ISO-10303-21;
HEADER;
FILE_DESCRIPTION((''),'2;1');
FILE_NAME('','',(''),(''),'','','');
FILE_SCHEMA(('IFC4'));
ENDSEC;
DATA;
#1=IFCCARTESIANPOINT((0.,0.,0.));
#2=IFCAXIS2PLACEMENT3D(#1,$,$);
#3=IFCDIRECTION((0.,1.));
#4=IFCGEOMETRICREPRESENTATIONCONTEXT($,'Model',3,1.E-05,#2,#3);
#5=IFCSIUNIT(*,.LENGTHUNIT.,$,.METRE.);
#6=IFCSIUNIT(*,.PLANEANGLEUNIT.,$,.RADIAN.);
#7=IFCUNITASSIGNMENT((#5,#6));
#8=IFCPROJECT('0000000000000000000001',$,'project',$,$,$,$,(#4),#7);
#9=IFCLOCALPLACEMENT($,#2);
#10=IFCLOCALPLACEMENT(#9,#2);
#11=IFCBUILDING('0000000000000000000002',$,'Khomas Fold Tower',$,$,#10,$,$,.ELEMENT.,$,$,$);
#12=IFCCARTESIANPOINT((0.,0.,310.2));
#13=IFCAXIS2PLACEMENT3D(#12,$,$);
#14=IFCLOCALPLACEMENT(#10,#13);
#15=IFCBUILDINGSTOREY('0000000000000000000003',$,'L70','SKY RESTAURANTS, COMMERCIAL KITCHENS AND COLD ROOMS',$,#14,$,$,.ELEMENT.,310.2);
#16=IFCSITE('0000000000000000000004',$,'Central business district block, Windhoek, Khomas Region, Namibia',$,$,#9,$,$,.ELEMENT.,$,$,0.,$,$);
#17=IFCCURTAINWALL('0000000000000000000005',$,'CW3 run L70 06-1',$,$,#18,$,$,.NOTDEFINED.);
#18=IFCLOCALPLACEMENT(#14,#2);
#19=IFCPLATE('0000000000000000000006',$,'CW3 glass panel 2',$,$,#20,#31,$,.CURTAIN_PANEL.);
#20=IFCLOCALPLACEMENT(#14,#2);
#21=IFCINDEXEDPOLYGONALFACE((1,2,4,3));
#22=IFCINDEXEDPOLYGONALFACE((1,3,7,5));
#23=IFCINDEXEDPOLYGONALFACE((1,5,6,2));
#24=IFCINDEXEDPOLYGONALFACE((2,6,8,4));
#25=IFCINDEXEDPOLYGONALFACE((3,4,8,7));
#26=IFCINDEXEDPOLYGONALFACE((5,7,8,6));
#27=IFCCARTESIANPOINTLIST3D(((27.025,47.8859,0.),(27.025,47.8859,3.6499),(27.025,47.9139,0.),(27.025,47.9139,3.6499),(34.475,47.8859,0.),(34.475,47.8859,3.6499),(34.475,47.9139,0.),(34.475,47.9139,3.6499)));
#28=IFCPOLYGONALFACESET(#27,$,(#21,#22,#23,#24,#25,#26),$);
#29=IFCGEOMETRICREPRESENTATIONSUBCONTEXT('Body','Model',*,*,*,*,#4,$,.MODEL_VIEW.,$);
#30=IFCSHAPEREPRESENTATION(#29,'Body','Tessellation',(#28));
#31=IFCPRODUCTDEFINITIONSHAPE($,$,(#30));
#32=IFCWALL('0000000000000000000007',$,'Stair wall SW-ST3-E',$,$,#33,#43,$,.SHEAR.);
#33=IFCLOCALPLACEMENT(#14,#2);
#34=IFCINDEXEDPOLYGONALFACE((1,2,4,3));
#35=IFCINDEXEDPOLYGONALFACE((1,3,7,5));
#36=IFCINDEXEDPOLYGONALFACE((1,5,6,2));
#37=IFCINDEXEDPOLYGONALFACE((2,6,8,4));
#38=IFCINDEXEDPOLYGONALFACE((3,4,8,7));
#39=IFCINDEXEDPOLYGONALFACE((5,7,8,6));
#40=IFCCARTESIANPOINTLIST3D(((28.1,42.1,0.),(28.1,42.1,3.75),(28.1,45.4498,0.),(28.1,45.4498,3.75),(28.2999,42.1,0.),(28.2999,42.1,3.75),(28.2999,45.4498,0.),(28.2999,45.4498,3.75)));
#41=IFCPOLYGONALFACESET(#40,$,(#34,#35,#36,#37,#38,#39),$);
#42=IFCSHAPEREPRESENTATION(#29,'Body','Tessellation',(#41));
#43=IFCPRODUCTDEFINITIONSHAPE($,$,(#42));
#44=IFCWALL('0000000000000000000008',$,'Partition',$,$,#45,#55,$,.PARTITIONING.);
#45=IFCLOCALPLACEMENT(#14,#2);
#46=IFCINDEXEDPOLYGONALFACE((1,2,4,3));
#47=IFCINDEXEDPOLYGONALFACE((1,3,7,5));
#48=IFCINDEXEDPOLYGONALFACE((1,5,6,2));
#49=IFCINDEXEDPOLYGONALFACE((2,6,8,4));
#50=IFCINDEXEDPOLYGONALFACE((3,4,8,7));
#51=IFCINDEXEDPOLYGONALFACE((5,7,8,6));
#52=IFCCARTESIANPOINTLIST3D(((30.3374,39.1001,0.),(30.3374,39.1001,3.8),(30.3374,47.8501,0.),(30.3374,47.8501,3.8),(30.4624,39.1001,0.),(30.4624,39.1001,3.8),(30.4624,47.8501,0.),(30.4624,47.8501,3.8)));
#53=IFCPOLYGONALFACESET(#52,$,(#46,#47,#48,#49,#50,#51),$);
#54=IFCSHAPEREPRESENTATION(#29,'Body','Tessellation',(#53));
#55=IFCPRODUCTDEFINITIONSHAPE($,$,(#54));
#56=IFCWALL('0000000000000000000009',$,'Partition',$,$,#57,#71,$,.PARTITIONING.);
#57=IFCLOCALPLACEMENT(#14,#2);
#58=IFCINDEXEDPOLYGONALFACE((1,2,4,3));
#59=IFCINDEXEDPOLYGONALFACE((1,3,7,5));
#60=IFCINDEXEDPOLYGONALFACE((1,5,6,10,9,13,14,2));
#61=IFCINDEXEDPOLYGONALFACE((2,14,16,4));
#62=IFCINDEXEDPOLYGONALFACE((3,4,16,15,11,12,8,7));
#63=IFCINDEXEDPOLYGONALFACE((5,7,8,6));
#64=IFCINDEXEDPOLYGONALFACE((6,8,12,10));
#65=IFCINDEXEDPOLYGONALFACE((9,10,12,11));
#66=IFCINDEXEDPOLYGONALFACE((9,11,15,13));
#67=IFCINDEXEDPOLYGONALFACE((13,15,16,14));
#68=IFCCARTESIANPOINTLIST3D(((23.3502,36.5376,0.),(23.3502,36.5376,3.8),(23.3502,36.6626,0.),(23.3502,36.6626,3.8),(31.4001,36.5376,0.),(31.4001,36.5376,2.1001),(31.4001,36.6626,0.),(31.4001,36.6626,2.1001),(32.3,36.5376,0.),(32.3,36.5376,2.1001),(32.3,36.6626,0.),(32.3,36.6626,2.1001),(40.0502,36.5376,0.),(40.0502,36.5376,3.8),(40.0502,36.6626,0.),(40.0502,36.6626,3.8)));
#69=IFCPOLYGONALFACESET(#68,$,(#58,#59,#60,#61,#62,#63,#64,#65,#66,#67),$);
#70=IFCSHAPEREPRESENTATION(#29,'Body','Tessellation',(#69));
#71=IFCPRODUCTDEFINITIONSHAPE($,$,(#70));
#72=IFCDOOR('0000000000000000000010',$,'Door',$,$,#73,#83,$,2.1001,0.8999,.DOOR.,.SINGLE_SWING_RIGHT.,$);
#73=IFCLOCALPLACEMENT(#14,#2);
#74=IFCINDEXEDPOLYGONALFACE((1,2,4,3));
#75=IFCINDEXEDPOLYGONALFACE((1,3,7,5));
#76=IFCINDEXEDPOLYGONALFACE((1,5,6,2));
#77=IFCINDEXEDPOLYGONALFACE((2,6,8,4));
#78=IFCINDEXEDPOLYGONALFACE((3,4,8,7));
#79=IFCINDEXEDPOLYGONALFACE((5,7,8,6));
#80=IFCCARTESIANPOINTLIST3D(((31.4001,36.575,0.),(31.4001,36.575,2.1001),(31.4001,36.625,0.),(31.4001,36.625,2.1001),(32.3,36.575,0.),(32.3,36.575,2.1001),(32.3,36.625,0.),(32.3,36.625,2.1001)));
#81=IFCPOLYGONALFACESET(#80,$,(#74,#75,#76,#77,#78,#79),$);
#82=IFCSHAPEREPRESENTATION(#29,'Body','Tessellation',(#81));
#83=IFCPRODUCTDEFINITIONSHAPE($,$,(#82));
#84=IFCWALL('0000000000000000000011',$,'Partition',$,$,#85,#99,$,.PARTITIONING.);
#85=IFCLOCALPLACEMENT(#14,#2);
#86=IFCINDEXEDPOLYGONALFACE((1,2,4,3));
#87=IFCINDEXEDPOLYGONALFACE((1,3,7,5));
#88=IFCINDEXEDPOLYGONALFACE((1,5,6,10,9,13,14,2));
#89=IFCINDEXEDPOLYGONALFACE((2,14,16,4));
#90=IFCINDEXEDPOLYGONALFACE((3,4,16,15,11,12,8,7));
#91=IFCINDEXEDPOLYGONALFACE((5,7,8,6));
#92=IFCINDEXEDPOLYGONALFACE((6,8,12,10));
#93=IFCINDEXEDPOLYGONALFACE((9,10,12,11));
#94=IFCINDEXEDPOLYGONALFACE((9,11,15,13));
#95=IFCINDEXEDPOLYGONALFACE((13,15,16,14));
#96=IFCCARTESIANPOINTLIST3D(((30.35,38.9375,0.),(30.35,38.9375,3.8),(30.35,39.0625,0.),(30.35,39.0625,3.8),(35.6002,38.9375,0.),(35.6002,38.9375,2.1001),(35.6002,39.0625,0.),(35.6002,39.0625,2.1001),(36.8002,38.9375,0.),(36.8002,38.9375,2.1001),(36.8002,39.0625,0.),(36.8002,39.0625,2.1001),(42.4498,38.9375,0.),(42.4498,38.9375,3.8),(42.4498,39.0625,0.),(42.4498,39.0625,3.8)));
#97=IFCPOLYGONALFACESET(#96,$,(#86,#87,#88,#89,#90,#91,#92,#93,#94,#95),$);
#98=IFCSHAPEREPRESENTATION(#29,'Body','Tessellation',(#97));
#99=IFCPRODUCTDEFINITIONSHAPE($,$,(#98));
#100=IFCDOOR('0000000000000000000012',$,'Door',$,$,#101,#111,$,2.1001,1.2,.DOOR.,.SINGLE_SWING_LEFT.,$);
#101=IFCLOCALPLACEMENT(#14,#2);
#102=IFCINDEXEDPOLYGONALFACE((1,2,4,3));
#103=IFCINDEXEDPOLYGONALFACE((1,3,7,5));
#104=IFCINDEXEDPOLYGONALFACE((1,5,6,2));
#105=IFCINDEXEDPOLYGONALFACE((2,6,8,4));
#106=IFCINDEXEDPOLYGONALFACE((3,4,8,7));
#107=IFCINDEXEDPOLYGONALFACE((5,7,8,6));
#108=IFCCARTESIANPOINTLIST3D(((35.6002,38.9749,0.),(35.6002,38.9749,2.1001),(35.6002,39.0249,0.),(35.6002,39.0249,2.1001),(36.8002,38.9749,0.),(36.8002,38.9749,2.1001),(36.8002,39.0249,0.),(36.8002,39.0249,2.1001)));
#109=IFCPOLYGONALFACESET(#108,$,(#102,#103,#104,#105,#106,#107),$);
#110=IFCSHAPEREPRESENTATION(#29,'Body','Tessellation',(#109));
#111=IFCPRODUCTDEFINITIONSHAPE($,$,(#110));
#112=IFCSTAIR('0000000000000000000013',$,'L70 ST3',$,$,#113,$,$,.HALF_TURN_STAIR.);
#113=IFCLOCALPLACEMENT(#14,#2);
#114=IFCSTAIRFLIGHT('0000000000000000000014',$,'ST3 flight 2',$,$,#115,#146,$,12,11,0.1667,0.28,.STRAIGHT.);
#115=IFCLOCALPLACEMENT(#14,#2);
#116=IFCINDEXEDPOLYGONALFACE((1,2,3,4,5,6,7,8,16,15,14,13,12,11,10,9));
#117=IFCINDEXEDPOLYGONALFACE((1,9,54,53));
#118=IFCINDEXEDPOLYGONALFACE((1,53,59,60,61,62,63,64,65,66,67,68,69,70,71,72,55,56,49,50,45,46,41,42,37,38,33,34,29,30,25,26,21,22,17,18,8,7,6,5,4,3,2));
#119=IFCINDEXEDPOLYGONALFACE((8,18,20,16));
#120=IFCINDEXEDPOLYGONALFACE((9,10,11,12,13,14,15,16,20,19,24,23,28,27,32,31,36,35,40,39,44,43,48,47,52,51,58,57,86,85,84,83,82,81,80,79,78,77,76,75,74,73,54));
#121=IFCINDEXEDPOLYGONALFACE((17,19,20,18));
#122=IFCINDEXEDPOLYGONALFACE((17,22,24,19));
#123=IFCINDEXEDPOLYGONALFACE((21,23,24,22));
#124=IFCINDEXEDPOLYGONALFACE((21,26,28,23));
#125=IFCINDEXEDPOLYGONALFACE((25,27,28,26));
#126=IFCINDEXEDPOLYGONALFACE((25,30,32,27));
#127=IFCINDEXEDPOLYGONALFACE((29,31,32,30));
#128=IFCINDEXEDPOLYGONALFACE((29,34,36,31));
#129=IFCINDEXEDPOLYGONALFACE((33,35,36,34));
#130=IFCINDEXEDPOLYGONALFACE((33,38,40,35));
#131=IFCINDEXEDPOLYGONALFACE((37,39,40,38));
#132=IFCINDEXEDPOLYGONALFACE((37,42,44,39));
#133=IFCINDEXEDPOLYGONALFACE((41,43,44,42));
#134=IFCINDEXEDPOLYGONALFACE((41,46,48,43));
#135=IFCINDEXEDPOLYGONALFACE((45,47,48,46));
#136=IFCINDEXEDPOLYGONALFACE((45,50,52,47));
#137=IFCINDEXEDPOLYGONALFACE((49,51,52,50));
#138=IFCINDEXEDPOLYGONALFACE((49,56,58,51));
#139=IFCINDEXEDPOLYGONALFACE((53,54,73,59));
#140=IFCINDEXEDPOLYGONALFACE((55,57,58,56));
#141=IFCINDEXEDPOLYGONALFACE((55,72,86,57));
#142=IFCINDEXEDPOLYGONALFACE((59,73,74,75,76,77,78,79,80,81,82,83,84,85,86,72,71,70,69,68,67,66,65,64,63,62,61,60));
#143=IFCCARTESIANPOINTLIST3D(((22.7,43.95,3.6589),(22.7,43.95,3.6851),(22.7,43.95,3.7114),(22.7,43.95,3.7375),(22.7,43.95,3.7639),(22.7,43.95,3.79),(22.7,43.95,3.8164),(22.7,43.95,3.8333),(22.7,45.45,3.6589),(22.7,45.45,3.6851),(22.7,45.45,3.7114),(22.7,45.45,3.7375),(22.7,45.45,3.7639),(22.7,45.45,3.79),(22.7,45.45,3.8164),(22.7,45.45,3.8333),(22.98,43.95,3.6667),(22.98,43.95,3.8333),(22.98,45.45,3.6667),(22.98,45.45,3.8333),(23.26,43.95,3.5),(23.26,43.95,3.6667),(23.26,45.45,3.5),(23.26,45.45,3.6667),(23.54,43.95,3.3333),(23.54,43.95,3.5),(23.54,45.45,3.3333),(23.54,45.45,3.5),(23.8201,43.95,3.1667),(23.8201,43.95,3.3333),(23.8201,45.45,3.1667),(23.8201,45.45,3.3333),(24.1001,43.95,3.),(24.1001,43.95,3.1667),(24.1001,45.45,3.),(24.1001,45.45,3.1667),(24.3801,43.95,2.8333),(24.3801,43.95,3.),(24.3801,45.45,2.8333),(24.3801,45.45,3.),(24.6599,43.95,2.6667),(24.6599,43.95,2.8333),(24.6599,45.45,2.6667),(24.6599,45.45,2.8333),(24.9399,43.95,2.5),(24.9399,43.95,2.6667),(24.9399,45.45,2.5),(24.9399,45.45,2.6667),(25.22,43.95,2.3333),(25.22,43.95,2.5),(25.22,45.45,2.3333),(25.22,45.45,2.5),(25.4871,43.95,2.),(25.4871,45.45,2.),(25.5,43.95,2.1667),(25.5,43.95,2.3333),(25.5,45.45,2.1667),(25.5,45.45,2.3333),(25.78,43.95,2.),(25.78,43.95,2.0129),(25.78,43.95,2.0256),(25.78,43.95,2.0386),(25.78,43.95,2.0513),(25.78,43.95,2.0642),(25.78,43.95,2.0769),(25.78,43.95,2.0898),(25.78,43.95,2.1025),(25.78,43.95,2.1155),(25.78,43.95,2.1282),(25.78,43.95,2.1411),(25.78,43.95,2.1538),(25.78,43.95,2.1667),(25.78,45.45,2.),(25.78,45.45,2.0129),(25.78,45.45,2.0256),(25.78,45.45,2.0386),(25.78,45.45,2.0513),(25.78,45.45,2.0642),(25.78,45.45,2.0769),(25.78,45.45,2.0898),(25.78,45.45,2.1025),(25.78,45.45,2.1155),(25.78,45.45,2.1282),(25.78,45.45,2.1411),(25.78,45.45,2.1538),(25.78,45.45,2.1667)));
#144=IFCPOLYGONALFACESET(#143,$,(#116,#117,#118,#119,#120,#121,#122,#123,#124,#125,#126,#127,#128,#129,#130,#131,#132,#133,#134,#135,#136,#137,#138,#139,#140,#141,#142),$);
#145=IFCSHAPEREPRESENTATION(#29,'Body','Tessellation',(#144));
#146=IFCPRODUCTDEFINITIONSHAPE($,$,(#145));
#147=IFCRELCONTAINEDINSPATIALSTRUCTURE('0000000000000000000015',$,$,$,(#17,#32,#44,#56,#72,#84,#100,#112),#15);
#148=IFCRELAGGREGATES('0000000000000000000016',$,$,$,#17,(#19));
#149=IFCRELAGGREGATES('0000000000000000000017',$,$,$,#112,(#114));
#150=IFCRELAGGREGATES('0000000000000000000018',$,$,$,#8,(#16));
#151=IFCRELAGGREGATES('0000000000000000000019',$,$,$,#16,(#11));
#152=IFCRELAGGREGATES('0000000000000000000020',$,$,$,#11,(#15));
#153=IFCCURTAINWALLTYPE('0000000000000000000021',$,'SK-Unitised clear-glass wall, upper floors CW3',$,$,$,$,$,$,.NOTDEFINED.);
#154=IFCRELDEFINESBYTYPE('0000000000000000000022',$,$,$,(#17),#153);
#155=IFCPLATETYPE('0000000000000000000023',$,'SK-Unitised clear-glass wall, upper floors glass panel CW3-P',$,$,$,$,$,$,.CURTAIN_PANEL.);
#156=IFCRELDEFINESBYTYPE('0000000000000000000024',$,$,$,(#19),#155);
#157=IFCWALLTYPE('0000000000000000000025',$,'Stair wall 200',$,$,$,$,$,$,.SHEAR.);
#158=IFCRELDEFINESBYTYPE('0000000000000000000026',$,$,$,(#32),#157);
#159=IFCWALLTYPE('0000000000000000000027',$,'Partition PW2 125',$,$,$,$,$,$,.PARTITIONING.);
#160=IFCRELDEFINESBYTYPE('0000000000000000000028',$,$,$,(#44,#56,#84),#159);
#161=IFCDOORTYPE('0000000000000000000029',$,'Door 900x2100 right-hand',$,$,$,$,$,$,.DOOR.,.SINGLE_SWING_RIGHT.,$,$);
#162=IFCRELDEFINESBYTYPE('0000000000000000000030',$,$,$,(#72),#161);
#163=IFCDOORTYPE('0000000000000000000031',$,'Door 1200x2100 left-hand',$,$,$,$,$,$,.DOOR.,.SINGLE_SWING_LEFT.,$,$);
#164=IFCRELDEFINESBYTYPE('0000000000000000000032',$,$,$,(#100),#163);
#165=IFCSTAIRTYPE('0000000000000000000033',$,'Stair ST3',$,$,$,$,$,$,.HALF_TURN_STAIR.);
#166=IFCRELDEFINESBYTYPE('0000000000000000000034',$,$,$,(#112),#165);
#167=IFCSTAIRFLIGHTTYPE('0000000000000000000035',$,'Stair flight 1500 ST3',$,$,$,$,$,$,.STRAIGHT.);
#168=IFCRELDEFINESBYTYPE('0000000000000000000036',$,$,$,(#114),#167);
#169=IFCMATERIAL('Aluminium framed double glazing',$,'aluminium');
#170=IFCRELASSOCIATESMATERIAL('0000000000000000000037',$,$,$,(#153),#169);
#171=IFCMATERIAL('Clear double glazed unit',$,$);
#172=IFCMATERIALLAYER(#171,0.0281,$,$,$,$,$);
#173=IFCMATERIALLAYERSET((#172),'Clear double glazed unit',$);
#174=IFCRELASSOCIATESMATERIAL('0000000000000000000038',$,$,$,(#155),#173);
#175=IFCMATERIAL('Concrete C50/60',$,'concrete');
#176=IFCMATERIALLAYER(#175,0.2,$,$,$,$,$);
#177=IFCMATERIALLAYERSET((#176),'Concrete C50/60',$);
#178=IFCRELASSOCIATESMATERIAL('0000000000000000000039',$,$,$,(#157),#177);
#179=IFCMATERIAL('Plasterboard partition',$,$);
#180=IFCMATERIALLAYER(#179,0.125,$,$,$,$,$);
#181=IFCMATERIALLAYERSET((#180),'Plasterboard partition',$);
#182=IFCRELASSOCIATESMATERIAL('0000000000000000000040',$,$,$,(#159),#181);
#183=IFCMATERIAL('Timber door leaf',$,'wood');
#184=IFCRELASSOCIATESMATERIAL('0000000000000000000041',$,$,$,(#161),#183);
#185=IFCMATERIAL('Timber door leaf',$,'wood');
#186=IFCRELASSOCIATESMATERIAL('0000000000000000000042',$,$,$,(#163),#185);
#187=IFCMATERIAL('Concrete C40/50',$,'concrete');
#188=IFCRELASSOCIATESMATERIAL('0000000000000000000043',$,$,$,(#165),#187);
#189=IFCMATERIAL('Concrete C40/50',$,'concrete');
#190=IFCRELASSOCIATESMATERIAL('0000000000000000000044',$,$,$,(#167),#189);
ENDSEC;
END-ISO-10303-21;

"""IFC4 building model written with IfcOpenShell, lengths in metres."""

from ifc_helpers import new_model, si_unit, direction, frame, frame_2d, origin, origin_2d, place, context, subcontext, project, spatial, polyline, rectangle, outline, extrude, source, transform, mapped, material, layer, layer_set, type_object, element, fill, aggregate, save


model = new_model("IFC4")

# Units and contexts
model_context = context("Model", 3, precision=1e-05, world=origin(), true_north=direction((0.0, 1.0)))
body_context = subcontext(model_context, "Body", "Model", "MODEL_VIEW")
ifc_project = project(units=[si_unit("LENGTHUNIT", "METRE"), si_unit("PLANEANGLEUNIT", "RADIAN")], contexts=[model_context])

# Site, building, storey
site_placement = place(None, origin())
site = spatial("IfcSite", under=ifc_project, at=site_placement, Name="Central business district block, Windhoek, Khomas Region, Namibia", CompositionType="ELEMENT", RefElevation=0.0)
building_placement = place(site_placement, origin())
building = spatial("IfcBuilding", under=site, at=building_placement, Name="Khomas Fold Tower", CompositionType="ELEMENT")
storey_placement = place(building_placement, frame((0.0, 0.0, 310.2)))
storey = spatial("IfcBuildingStorey", under=building, at=storey_placement, Name="L70", Description="SKY RESTAURANTS, COMMERCIAL KITCHENS AND COLD ROOMS", CompositionType="ELEMENT", Elevation=310.2)

# Curtain wall, plate
ifc_material_1 = material(Name="Aluminium framed double glazing", Category="aluminium")
curtain_wall_type = type_object("IfcCurtainWallType", Name="SK-Unitised clear-glass wall, upper floors CW3", PredefinedType="NOTDEFINED", material=ifc_material_1)
curtain_wall_placement = place(storey_placement, origin())
curtain_wall = element("IfcCurtainWall", 1, at=curtain_wall_placement, inside=storey, type_object=curtain_wall_type, Name="CW3 run L70 06-1", PredefinedType="NOTDEFINED")
ifc_material_2 = material(Name="Clear double glazed unit")
ifc_layer_1 = layer(ifc_material_2, 0.0281)
ifc_layer_set_1 = layer_set([ifc_layer_1], Name="Clear double glazed unit")
plate_type = type_object("IfcPlateType", Name="SK-Unitised clear-glass wall, upper floors glass panel CW3-P", PredefinedType="CURTAIN_PANEL", material=ifc_layer_set_1)
shared_shape_1 = source(origin(), body_context, "Body", "SweptSolid", [
    extrude(rectangle(XDim=7.45, YDim=0.0281, at=origin_2d()), origin(), (0.0, 0.0, 1.0), 3.6499),
])
plate_placement = place(storey_placement, frame((30.75, 47.8999, 0.0), z_axis=(0.0, 0.0, 1.0), x_axis=(-1.0, 0.0, 0.0)))
plate = element("IfcPlate", 2, at=plate_placement, type_object=plate_type, Name="CW3 glass panel 2", PredefinedType="CURTAIN_PANEL", context=body_context, shape_type="MappedRepresentation", body=[
    mapped(shared_shape_1, transform((0.0, 0.0, 0.0))),
])
aggregate(curtain_wall, [plate])

# Walls
ifc_material_3 = material(Name="Concrete C50/60", Category="concrete")
ifc_layer_2 = layer(ifc_material_3, 0.2)
ifc_layer_set_2 = layer_set([ifc_layer_2], Name="Concrete C50/60")
wall_type_1 = type_object("IfcWallType", Name="Stair wall 200", PredefinedType="SHEAR", material=ifc_layer_set_2)
shared_shape_2 = source(origin(), body_context, "Body", "SweptSolid", [
    extrude(rectangle(XDim=3.3499, YDim=0.2, at=frame_2d((1.6748, 0.0))), origin(), (0.0, 0.0, 1.0), 3.75),
])
wall_1_placement = place(storey_placement, frame((28.2, 42.1001, 0.0), z_axis=(0.0, 0.0, 1.0), x_axis=(0.0, 1.0, 0.0)))
element("IfcWall", 3, at=wall_1_placement, inside=storey, type_object=wall_type_1, Name="Stair wall SW-ST3-E", PredefinedType="SHEAR", context=body_context, shape_type="MappedRepresentation", body=[
    mapped(shared_shape_2, transform((0.0, 0.0, 0.0))),
])
ifc_material_4 = material(Name="Plasterboard partition")
ifc_layer_3 = layer(ifc_material_4, 0.125)
ifc_layer_set_3 = layer_set([ifc_layer_3], Name="Plasterboard partition")
wall_type_2 = type_object("IfcWallType", Name="Partition PW2 125", PredefinedType="PARTITIONING", material=ifc_layer_set_3)
shared_shape_3 = source(origin(), body_context, "Body", "SweptSolid", [
    extrude(rectangle(XDim=8.75, YDim=0.125, at=frame_2d((4.375, 0.0))), origin(), (0.0, 0.0, 1.0), 3.8),
])
wall_2_placement = place(storey_placement, frame((30.3999, 39.1001, 0.0), z_axis=(0.0, 0.0, 1.0), x_axis=(0.0, 1.0, 0.0)))
element("IfcWall", 4, at=wall_2_placement, inside=storey, type_object=wall_type_2, Name="Partition", PredefinedType="PARTITIONING", context=body_context, shape_type="MappedRepresentation", body=[
    mapped(shared_shape_3, transform((0.0, 0.0, 0.0))),
])

# Walls, openings, doors
shared_shape_4 = source(origin(), body_context, "Body", "SweptSolid", [
    extrude(rectangle(XDim=16.7, YDim=0.125, at=frame_2d((8.3501, 0.0))), origin(), (0.0, 0.0, 1.0), 3.8),
])
wall_3_placement = place(storey_placement, frame((23.3501, 36.6001, 0.0), z_axis=(0.0, 0.0, 1.0), x_axis=(1.0, 0.0, 0.0)))
wall_3 = element("IfcWall", 5, at=wall_3_placement, inside=storey, type_object=wall_type_2, Name="Partition", PredefinedType="PARTITIONING", context=body_context, shape_type="MappedRepresentation", body=[
    mapped(shared_shape_4, transform((0.0, 0.0, 0.0))),
])
shared_shape_5 = source(origin(), body_context, "Body", "SweptSolid", [
    extrude(rectangle(XDim=0.8999, YDim=2.1001, at=frame_2d((0.45, 1.05))), frame((0.0, 0.0725, 0.0), z_axis=(0.0, -1.0, 0.0), x_axis=(1.0, 0.0, 0.0)), (0.0, 0.0, 1.0), 0.145),
])
opening_1_placement = place(wall_3_placement, frame((8.05, 0.0, 0.0)))
opening_1 = element("IfcOpeningElement", 6, at=opening_1_placement, cuts=wall_3, PredefinedType="OPENING", context=body_context, shape_type="MappedRepresentation", body=[
    mapped(shared_shape_5, transform((0.0, 0.0, 0.0))),
])
ifc_material_5 = material(Name="Timber door leaf", Category="wood")
door_type_1 = type_object("IfcDoorType", Name="Door 900x2100 right-hand", OperationType="SINGLE_SWING_RIGHT", PredefinedType="DOOR", material=ifc_material_5)
shared_shape_6 = source(origin(), body_context, "Body", "SweptSolid", [
    extrude(rectangle(XDim=0.8999, YDim=2.1001, at=frame_2d((0.45, 1.05))), frame((0.0, 0.0249, 0.0), z_axis=(0.0, -1.0, 0.0), x_axis=(1.0, 0.0, 0.0)), (0.0, 0.0, 1.0), 0.05),
])
door_1_placement = place(opening_1_placement, origin())
door_1 = element("IfcDoor", 7, at=door_1_placement, inside=storey, type_object=door_type_1, Name="Door", OperationType="SINGLE_SWING_RIGHT", OverallHeight=2.1001, OverallWidth=0.8999, PredefinedType="DOOR", context=body_context, shape_type="MappedRepresentation", body=[
    mapped(shared_shape_6, transform((0.0, 0.0, 0.0))),
])
fill(opening_1, door_1)
shared_shape_7 = source(origin(), body_context, "Body", "SweptSolid", [
    extrude(rectangle(XDim=12.0999, YDim=0.125, at=frame_2d((6.0498, 0.0))), origin(), (0.0, 0.0, 1.0), 3.8),
])
wall_4_placement = place(storey_placement, frame((30.3501, 39.0, 0.0), z_axis=(0.0, 0.0, 1.0), x_axis=(1.0, 0.0, 0.0)))
wall_4 = element("IfcWall", 8, at=wall_4_placement, inside=storey, type_object=wall_type_2, Name="Partition", PredefinedType="PARTITIONING", context=body_context, shape_type="MappedRepresentation", body=[
    mapped(shared_shape_7, transform((0.0, 0.0, 0.0))),
])
shared_shape_8 = source(origin(), body_context, "Body", "SweptSolid", [
    extrude(rectangle(XDim=1.2, YDim=2.1001, at=frame_2d((0.6001, 1.05))), frame((0.0, 0.0725, 0.0), z_axis=(0.0, -1.0, 0.0), x_axis=(1.0, 0.0, 0.0)), (0.0, 0.0, 1.0), 0.145),
])
opening_2_placement = place(wall_4_placement, frame((5.25, 0.0, 0.0)))
opening_2 = element("IfcOpeningElement", 9, at=opening_2_placement, cuts=wall_4, PredefinedType="OPENING", context=body_context, shape_type="MappedRepresentation", body=[
    mapped(shared_shape_8, transform((0.0, 0.0, 0.0))),
])
ifc_material_6 = material(Name="Timber door leaf", Category="wood")
door_type_2 = type_object("IfcDoorType", Name="Door 1200x2100 left-hand", OperationType="SINGLE_SWING_LEFT", PredefinedType="DOOR", material=ifc_material_6)
shared_shape_9 = source(origin(), body_context, "Body", "SweptSolid", [
    extrude(rectangle(XDim=1.2, YDim=2.1001, at=frame_2d((0.6001, 1.05))), frame((0.0, 0.0249, 0.0), z_axis=(0.0, -1.0, 0.0), x_axis=(1.0, 0.0, 0.0)), (0.0, 0.0, 1.0), 0.05),
])
door_2_placement = place(opening_2_placement, origin())
door_2 = element("IfcDoor", 10, at=door_2_placement, inside=storey, type_object=door_type_2, Name="Door", OperationType="SINGLE_SWING_LEFT", OverallHeight=2.1001, OverallWidth=1.2, PredefinedType="DOOR", context=body_context, shape_type="MappedRepresentation", body=[
    mapped(shared_shape_9, transform((0.0, 0.0, 0.0))),
])
fill(opening_2, door_2)

# Stair, stair flight
ifc_material_7 = material(Name="Concrete C40/50", Category="concrete")
stair_type = type_object("IfcStairType", Name="Stair ST3", PredefinedType="HALF_TURN_STAIR", material=ifc_material_7)
stair_placement = place(storey_placement, origin())
stair = element("IfcStair", 11, at=stair_placement, inside=storey, type_object=stair_type, Name="L70 ST3", PredefinedType="HALF_TURN_STAIR")
ifc_material_8 = material(Name="Concrete C40/50", Category="concrete")
stair_flight_type = type_object("IfcStairFlightType", Name="Stair flight 1500 ST3", PredefinedType="STRAIGHT", material=ifc_material_8)
shared_shape_10 = source(origin(), body_context, "Body", "SweptSolid", [
    extrude(outline(polyline([(0.0, 0.0), (0.0, 0.0129), (0.0, 0.0256), (0.0, 0.0386), (0.0, 0.0513), (0.0, 0.0642), (0.0, 0.0769), (0.0, 0.0898), (0.0, 0.1025), (0.0, 0.1155), (0.0, 0.1282), (0.0, 0.1411), (0.0, 0.1538), (0.0, 0.1667), (0.28, 0.1667), (0.28, 0.3333), (0.5601, 0.3333), (0.5601, 0.5), (0.8401, 0.5), (0.8401, 0.6667), (1.1201, 0.6667), (1.1201, 0.8333), (1.3999, 0.8333), (1.3999, 1.0), (1.6799, 1.0), (1.6799, 1.1667), (1.96, 1.1667), (1.96, 1.3333), (2.24, 1.3333), (2.24, 1.5), (2.52, 1.5), (2.52, 1.6667), (2.8, 1.6667), (2.8, 1.8333), (3.0801, 1.8333), (3.0801, 2.0), (3.0801, 1.9739), (3.0801, 1.9475), (3.0801, 1.9214), (3.0801, 1.895), (3.0801, 1.8689), (3.0801, 1.8425), (3.0801, 1.8164), (3.0801, 1.79), (3.0801, 1.7639), (3.0801, 1.7375), (3.0801, 1.7114), (3.0801, 1.6851), (3.0801, 1.6589), (0.293, 0.0), (0.0, 0.0)])), frame((0.0, 0.75, 0.0), z_axis=(0.0, -1.0, 0.0), x_axis=(1.0, 0.0, 0.0)), (0.0, 0.0, 1.0), 1.5),
])
stair_flight_placement = place(storey_placement, frame((25.78, 44.7, 2.0), z_axis=(0.0, 0.0, 1.0), x_axis=(-1.0, 0.0, 0.0)))
stair_flight = element("IfcStairFlight", 12, at=stair_flight_placement, type_object=stair_flight_type, Name="ST3 flight 2", NumberOfRisers=12, NumberOfTreads=11, PredefinedType="STRAIGHT", RiserHeight=0.1667, TreadLength=0.28, context=body_context, shape_type="MappedRepresentation", body=[
    mapped(shared_shape_10, transform((0.0, 0.0, 0.0))),
])
aggregate(stair, [stair_flight])

save(model, "model.ifc")
